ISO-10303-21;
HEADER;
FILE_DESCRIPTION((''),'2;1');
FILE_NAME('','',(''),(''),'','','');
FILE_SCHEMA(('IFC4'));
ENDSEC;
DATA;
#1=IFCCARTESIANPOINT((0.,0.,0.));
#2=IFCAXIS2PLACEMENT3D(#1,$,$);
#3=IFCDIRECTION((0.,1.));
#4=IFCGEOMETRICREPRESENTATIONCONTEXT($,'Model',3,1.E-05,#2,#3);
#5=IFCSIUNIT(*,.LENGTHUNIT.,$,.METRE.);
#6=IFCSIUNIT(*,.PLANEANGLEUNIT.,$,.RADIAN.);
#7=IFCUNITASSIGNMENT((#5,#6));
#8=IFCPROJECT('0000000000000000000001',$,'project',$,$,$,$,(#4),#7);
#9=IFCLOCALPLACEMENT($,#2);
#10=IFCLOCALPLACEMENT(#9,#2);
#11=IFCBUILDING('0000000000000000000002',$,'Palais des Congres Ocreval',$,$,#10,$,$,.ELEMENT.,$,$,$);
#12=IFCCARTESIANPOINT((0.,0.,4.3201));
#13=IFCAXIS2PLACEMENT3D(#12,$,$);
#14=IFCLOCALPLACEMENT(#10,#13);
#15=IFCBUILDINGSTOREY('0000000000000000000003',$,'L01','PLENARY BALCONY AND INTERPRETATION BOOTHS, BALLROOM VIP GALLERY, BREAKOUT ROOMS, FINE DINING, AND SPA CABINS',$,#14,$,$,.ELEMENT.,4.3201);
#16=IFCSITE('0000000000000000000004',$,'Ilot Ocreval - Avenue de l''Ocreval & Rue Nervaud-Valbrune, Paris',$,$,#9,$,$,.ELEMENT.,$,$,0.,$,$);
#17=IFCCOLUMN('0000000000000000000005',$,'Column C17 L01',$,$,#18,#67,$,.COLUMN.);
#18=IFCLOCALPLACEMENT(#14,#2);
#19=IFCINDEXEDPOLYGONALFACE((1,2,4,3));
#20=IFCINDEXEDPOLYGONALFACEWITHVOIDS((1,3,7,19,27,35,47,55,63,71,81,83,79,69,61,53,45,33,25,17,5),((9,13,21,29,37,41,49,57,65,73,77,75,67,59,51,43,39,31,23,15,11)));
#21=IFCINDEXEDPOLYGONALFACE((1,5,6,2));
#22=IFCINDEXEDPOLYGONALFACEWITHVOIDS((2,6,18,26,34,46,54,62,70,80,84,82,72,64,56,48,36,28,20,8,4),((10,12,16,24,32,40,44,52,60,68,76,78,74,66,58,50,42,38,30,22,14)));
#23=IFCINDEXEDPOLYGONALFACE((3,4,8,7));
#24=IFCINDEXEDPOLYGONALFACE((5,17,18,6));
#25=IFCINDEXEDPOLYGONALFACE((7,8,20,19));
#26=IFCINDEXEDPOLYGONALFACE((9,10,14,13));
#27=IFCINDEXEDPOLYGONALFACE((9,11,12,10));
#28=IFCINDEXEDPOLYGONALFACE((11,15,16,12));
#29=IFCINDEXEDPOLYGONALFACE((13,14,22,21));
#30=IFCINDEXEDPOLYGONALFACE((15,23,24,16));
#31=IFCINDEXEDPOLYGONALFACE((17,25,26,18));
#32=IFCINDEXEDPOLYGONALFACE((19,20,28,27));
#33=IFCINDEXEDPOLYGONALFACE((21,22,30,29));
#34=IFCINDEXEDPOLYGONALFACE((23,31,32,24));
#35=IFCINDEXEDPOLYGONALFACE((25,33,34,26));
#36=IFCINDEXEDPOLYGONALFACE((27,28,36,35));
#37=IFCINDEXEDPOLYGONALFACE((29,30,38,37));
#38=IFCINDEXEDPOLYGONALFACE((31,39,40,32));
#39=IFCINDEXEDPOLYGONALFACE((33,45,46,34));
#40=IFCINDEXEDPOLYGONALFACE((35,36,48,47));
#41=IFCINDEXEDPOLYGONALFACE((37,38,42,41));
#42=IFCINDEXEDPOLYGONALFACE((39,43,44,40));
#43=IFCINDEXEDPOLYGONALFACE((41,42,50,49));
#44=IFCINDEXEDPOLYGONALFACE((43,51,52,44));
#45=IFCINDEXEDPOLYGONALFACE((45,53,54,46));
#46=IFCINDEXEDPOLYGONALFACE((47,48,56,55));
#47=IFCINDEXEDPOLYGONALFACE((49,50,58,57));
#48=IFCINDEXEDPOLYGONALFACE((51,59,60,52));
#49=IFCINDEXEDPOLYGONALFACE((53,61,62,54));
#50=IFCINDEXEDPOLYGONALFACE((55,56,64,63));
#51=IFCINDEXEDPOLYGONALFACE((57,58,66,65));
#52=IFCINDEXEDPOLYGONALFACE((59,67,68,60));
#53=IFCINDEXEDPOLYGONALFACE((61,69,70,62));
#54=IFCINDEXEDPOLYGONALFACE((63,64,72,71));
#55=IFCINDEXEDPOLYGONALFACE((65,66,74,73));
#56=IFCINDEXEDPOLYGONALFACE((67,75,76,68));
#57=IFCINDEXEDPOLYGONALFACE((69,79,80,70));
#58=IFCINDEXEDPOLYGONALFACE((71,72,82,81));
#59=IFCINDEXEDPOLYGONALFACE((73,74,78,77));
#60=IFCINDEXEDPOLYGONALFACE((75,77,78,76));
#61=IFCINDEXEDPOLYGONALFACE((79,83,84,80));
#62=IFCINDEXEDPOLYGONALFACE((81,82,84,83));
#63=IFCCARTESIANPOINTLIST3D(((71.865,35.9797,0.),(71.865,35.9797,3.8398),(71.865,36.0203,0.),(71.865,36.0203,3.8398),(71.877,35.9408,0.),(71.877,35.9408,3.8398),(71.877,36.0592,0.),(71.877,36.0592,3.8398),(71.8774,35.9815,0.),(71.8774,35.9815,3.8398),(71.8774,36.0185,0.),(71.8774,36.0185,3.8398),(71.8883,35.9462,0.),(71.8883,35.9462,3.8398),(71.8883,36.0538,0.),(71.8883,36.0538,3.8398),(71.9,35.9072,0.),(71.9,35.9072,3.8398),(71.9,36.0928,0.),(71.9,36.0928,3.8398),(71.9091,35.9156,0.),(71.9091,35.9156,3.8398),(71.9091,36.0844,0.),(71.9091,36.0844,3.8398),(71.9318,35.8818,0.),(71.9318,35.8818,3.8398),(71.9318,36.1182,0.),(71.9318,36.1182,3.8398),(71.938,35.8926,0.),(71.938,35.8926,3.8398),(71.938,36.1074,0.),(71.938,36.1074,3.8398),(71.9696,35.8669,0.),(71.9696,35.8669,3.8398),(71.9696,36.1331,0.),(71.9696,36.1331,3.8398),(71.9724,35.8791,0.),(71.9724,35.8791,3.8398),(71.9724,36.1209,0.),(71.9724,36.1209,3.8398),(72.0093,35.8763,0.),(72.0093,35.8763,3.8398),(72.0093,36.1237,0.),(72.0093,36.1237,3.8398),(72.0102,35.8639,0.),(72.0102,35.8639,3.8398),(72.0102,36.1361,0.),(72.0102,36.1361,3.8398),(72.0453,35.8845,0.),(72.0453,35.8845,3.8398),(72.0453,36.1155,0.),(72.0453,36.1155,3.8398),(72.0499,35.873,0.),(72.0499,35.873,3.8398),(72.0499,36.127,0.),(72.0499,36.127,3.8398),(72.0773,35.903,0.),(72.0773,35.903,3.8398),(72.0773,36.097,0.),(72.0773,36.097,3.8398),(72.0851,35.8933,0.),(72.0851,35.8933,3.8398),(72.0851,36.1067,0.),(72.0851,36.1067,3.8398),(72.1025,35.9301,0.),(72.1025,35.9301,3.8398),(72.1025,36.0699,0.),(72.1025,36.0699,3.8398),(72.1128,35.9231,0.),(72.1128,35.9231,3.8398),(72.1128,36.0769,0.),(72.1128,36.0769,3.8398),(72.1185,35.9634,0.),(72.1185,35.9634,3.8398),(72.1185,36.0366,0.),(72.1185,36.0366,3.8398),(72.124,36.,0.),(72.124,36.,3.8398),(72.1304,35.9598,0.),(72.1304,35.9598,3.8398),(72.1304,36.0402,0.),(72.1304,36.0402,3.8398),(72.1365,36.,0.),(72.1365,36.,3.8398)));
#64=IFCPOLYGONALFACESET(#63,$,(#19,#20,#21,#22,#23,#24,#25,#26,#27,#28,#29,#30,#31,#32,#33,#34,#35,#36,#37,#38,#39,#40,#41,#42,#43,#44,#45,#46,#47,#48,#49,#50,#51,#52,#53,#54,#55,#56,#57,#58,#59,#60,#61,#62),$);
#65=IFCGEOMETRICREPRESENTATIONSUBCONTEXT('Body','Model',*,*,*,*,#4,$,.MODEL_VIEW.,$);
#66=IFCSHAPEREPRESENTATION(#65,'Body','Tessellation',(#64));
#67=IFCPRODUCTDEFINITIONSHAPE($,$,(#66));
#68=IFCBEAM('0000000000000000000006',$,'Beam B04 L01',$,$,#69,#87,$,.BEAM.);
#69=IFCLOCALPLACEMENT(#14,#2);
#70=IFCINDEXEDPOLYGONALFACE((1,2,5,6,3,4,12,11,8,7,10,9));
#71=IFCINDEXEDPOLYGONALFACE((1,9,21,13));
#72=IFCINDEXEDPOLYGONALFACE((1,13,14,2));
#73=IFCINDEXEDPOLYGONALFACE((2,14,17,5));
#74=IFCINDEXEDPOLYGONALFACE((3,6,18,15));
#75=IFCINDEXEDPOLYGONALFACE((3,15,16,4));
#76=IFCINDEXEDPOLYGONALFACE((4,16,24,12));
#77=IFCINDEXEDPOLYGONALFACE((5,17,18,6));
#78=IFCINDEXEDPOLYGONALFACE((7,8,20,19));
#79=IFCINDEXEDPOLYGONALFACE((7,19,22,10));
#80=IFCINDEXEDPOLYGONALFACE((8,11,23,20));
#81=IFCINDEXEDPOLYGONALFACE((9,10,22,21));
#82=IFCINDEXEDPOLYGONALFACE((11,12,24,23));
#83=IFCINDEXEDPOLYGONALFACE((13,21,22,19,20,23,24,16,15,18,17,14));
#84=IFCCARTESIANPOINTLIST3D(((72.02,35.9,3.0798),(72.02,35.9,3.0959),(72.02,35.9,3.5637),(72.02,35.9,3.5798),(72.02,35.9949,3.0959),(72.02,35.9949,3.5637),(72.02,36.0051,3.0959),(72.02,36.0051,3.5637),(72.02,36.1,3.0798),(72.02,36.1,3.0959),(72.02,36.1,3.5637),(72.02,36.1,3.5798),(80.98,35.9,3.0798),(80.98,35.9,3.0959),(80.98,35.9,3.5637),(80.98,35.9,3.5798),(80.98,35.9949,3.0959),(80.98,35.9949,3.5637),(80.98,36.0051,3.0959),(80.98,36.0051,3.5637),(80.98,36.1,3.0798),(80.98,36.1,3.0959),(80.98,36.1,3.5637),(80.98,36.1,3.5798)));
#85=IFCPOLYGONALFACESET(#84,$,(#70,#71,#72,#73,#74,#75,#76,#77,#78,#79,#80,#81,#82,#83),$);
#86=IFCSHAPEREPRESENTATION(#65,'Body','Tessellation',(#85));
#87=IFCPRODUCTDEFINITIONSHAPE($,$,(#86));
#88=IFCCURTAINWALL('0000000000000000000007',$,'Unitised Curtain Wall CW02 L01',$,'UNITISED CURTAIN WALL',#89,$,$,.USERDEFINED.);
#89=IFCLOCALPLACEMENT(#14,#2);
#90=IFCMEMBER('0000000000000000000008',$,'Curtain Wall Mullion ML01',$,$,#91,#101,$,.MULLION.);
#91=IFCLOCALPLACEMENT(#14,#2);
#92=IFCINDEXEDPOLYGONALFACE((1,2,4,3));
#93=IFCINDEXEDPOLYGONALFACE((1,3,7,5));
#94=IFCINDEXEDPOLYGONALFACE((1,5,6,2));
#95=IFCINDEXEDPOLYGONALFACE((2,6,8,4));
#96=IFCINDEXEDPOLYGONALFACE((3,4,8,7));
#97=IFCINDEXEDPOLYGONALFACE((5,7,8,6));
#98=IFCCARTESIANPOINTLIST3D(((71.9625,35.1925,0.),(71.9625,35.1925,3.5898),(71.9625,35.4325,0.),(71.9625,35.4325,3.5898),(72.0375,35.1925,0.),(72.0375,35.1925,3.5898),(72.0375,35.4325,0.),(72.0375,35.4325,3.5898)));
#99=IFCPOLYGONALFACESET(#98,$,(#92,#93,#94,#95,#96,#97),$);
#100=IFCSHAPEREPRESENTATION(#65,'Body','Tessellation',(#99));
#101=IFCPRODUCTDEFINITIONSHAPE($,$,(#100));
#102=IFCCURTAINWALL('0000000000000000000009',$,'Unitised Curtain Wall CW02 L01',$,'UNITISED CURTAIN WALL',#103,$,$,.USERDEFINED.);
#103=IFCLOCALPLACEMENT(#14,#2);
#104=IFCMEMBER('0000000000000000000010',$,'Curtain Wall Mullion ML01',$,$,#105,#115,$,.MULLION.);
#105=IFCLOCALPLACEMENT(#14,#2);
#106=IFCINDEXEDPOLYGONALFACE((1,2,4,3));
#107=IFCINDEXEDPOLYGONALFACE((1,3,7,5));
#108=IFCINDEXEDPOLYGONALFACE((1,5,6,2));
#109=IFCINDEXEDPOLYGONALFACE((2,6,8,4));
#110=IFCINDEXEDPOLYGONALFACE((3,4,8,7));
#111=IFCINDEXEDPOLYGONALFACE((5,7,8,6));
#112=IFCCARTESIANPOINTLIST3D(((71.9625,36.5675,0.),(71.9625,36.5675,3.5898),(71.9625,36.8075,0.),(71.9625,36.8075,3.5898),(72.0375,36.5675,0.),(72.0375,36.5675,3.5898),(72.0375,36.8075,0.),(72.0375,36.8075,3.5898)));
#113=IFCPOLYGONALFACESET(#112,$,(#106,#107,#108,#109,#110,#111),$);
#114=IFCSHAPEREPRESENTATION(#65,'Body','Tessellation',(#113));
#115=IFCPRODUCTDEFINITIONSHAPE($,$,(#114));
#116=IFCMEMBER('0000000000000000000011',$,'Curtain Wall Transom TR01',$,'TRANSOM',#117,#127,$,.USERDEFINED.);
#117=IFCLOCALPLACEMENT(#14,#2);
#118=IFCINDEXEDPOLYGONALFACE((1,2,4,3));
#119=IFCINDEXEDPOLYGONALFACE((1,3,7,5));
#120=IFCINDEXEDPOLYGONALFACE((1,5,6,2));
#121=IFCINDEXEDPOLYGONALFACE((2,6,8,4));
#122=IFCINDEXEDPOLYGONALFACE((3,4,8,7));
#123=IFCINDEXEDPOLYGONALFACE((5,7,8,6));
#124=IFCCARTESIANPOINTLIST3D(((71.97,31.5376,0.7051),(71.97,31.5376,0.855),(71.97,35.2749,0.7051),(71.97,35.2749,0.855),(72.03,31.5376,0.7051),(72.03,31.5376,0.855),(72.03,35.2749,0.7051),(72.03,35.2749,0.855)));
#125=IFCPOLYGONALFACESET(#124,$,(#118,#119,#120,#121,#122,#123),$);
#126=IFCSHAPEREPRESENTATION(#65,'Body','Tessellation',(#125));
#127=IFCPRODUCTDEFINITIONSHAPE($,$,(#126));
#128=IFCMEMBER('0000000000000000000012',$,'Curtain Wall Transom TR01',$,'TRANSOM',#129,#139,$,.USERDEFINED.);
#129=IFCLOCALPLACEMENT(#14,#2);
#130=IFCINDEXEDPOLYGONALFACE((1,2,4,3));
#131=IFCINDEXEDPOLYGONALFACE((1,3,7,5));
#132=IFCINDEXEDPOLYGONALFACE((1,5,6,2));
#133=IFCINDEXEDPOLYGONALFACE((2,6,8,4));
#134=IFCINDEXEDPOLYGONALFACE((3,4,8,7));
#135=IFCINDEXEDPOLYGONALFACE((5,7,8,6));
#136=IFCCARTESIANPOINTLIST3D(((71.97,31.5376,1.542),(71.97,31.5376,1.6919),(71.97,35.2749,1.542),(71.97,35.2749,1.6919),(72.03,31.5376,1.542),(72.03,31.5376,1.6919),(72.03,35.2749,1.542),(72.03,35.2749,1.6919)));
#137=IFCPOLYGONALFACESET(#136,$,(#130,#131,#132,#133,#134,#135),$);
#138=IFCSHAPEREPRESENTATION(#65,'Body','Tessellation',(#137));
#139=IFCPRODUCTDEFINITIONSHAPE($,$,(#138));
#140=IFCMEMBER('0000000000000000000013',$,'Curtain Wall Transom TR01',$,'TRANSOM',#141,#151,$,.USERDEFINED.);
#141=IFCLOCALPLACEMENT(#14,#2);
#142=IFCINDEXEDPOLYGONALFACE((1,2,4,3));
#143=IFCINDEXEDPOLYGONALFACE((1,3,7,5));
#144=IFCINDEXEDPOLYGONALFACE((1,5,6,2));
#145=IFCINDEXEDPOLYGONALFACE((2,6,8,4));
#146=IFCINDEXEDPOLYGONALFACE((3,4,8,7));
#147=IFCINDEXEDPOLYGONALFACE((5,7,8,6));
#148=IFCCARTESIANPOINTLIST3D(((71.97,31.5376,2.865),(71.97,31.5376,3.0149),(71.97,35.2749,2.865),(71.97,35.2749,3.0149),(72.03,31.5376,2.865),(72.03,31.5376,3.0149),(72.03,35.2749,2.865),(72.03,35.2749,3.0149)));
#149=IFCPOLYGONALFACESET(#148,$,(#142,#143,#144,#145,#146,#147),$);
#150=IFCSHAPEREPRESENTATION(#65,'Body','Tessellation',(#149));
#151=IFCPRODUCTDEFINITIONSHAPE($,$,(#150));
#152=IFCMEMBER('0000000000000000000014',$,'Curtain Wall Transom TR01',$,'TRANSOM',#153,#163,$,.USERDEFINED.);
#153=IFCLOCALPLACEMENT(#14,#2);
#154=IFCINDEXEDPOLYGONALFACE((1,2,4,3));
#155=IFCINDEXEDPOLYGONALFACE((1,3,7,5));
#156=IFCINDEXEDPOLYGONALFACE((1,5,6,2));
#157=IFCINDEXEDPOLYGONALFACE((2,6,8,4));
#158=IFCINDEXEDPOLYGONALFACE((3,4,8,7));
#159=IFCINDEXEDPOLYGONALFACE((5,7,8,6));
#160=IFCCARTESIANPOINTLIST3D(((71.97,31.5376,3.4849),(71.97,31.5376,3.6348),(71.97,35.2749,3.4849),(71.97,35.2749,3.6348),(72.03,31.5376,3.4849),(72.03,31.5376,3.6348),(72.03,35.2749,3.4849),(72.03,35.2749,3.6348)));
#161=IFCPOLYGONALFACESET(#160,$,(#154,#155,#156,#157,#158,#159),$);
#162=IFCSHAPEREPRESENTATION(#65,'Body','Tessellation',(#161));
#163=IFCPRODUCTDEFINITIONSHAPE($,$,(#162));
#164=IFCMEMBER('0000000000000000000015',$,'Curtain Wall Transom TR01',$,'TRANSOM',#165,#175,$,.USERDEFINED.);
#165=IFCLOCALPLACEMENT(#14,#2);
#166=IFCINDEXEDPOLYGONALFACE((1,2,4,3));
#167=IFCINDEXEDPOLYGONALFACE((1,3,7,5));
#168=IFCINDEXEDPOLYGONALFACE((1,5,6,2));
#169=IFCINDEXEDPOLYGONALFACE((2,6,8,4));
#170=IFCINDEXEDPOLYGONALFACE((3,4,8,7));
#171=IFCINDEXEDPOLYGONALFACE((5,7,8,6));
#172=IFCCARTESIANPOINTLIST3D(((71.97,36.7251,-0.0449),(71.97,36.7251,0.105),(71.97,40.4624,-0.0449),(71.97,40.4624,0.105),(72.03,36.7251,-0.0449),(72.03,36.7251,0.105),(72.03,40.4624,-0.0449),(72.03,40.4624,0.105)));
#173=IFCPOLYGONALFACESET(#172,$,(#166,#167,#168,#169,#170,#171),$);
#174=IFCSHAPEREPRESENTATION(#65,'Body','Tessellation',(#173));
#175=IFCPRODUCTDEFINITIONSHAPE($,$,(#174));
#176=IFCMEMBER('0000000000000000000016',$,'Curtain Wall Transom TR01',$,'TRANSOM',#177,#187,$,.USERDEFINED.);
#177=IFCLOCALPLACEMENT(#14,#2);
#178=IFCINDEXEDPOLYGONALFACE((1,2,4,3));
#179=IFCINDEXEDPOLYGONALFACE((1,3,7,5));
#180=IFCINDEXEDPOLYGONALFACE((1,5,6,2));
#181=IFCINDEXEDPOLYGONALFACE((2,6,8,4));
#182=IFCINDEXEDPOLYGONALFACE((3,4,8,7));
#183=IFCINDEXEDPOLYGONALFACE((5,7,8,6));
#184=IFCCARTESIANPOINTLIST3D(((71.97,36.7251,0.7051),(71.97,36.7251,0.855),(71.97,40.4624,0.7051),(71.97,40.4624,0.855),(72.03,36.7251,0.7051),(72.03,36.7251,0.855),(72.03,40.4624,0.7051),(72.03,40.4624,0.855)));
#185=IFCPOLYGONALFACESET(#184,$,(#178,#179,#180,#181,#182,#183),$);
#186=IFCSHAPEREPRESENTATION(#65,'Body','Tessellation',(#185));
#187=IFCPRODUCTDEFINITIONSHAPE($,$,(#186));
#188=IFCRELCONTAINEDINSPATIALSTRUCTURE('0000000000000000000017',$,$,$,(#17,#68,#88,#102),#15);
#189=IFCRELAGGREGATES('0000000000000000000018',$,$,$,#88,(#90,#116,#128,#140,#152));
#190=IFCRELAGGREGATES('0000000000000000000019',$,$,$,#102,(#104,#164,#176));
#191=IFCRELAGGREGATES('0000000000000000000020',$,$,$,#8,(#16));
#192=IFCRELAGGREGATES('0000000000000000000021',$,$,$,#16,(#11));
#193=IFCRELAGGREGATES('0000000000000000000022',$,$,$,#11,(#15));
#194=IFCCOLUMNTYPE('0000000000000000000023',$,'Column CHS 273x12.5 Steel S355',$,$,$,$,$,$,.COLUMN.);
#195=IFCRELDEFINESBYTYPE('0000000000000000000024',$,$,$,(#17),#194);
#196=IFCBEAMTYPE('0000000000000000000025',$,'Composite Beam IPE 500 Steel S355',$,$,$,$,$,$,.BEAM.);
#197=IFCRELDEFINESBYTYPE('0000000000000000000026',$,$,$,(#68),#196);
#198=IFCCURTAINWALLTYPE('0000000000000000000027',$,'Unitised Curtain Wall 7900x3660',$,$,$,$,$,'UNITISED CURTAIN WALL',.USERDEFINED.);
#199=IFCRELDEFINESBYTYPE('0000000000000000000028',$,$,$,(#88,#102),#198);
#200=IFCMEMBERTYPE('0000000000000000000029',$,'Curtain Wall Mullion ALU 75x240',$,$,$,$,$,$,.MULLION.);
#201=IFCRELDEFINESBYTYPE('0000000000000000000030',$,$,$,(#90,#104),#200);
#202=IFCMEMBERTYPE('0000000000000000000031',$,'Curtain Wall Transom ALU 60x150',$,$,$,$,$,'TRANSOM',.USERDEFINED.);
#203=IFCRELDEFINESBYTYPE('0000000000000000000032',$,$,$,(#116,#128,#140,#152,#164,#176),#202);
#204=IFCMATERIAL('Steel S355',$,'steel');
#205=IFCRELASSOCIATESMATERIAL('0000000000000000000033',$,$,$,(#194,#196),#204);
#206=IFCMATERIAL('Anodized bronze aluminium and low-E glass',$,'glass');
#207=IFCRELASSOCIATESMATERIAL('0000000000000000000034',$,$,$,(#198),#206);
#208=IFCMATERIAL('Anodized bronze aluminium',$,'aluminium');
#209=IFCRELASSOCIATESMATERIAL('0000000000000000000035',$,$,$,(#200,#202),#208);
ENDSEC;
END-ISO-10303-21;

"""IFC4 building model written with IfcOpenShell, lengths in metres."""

from ifc_helpers import new_model, si_unit, direction, frame, origin, origin_2d, place, context, subcontext, project, spatial, rectangle, hollow_circle, i_section, extrude, material, material_profile, profile_set, type_object, element, aggregate, save


model = new_model("IFC4")

# Units and contexts
model_context = context("Model", 3, precision=1e-05, world=origin(), true_north=direction((0.0, 1.0)))
body_context = subcontext(model_context, "Body", "Model", "MODEL_VIEW")
ifc_project = project(units=[si_unit("LENGTHUNIT", "METRE"), si_unit("PLANEANGLEUNIT", "RADIAN")], contexts=[model_context])

# Site, building, storey
site_placement = place(None, origin())
site = spatial("IfcSite", under=ifc_project, at=site_placement, Name="Ilot Ocreval - Avenue de l'Ocreval & Rue Nervaud-Valbrune, Paris", CompositionType="ELEMENT", RefElevation=0.0)
building_placement = place(site_placement, origin())
building = spatial("IfcBuilding", under=site, at=building_placement, Name="Palais des Congres Ocreval", CompositionType="ELEMENT")
storey_placement = place(building_placement, frame((0.0, 0.0, 4.3201)))
storey = spatial("IfcBuildingStorey", under=building, at=storey_placement, Name="L01", Description="PLENARY BALCONY AND INTERPRETATION BOOTHS, BALLROOM VIP GALLERY, BREAKOUT ROOMS, FINE DINING, AND SPA CABINS", CompositionType="ELEMENT", Elevation=4.3201)

# Column
ifc_material_1 = material(Name="Steel S355", Category="steel")
ifc_material_profile_1 = material_profile(ifc_material_1, hollow_circle(Radius=0.1365, WallThickness=0.0125, at=origin_2d()), Name="CHS 273x12.5")
ifc_profile_set_1 = profile_set([ifc_material_profile_1], Name="Steel S355")
column_type = type_object("IfcColumnType", Name="Column CHS 273x12.5 Steel S355", PredefinedType="COLUMN", material=ifc_profile_set_1)
column_placement = place(storey_placement, frame((72.0, 36.0, 0.0), z_axis=(0.0, 0.0, 1.0), x_axis=(1.0, 0.0, 0.0)))
element("IfcColumn", 1, at=column_placement, inside=storey, type_object=column_type, Name="Column C17 L01", PredefinedType="COLUMN", context=body_context, shape_type="SweptSolid", body=[
    extrude(hollow_circle(Radius=0.1365, WallThickness=0.0125, at=origin_2d()), origin(), (0.0, 0.0, 1.0), 3.8398),
])

# Beam
ifc_material_profile_2 = material_profile(ifc_material_1, i_section(OverallWidth=0.2, OverallDepth=0.5, WebThickness=0.0103, FlangeThickness=0.0161, at=origin_2d()), Name="IPE 500")
ifc_profile_set_2 = profile_set([ifc_material_profile_2], Name="Steel S355")
beam_type_1 = type_object("IfcBeamType", Name="Composite Beam IPE 500 Steel S355", PredefinedType="BEAM", material=ifc_profile_set_2)
beam_1_placement = place(storey_placement, frame((72.02, 36.0, 3.3298), z_axis=(1.0, 0.0, 0.0), x_axis=(0.0, 1.0, 0.0)))
element("IfcBeam", 2, at=beam_1_placement, inside=storey, type_object=beam_type_1, Name="Beam B04 L01", PredefinedType="BEAM", context=body_context, shape_type="SweptSolid", body=[
    extrude(i_section(OverallWidth=0.2, OverallDepth=0.5, WebThickness=0.0103, FlangeThickness=0.0161, at=origin_2d()), origin(), (0.0, 0.0, 1.0), 8.96),
])

# Curtain walls, members
ifc_material_2 = material(Name="Anodized bronze aluminium and low-E glass", Category="glass")
curtain_wall_type = type_object("IfcCurtainWallType", Name="Unitised Curtain Wall 7900x3660", ElementType="UNITISED CURTAIN WALL", PredefinedType="USERDEFINED", material=ifc_material_2)
curtain_wall_1_placement = place(storey_placement, origin())
curtain_wall_1 = element("IfcCurtainWall", 3, at=curtain_wall_1_placement, inside=storey, type_object=curtain_wall_type, Name="Unitised Curtain Wall CW02 L01", ObjectType="UNITISED CURTAIN WALL", PredefinedType="USERDEFINED")
ifc_material_3 = material(Name="Anodized bronze aluminium", Category="aluminium")
ifc_material_profile_3 = material_profile(ifc_material_3, rectangle(XDim=0.075, YDim=0.24, at=origin_2d()), Name="ALU 75x240")
ifc_profile_set_3 = profile_set([ifc_material_profile_3], Name="Anodized bronze aluminium")
member_type_1 = type_object("IfcMemberType", Name="Curtain Wall Mullion ALU 75x240", PredefinedType="MULLION", material=ifc_profile_set_3)
member_1_placement = place(storey_placement, frame((72.0, 35.3125, 0.0), z_axis=(0.0, 0.0, 1.0), x_axis=(-1.0, 0.0, 0.0)))
member_1 = element("IfcMember", 4, at=member_1_placement, type_object=member_type_1, Name="Curtain Wall Mullion ML01", PredefinedType="MULLION", context=body_context, shape_type="SweptSolid", body=[
    extrude(rectangle(XDim=0.075, YDim=0.24, at=origin_2d()), origin(), (0.0, 0.0, 1.0), 3.5898),
])
curtain_wall_2_placement = place(storey_placement, origin())
curtain_wall_2 = element("IfcCurtainWall", 5, at=curtain_wall_2_placement, inside=storey, type_object=curtain_wall_type, Name="Unitised Curtain Wall CW02 L01", ObjectType="UNITISED CURTAIN WALL", PredefinedType="USERDEFINED")
member_2_placement = place(storey_placement, frame((72.0, 36.6875, 0.0), z_axis=(0.0, 0.0, 1.0), x_axis=(-1.0, 0.0, 0.0)))
member_2 = element("IfcMember", 6, at=member_2_placement, type_object=member_type_1, Name="Curtain Wall Mullion ML01", PredefinedType="MULLION", context=body_context, shape_type="SweptSolid", body=[
    extrude(rectangle(XDim=0.075, YDim=0.24, at=origin_2d()), origin(), (0.0, 0.0, 1.0), 3.5898),
])

# Members
ifc_material_profile_4 = material_profile(ifc_material_3, rectangle(XDim=0.0601, YDim=0.1499, at=origin_2d()), Name="ALU 60x150")
ifc_profile_set_4 = profile_set([ifc_material_profile_4], Name="Anodized bronze aluminium")
member_type_2 = type_object("IfcMemberType", Name="Curtain Wall Transom ALU 60x150", ElementType="TRANSOM", PredefinedType="USERDEFINED", material=ifc_profile_set_4)
member_3_placement = place(storey_placement, frame((72.0, 31.5376, 0.78), z_axis=(0.0, 1.0, 0.0), x_axis=(-1.0, 0.0, 0.0)))
member_3 = element("IfcMember", 7, at=member_3_placement, type_object=member_type_2, Name="Curtain Wall Transom TR01", ObjectType="TRANSOM", PredefinedType="USERDEFINED", context=body_context, shape_type="SweptSolid", body=[
    extrude(rectangle(XDim=0.0601, YDim=0.1499, at=origin_2d()), origin(), (0.0, 0.0, 1.0), 3.7373),
])
member_4_placement = place(storey_placement, frame((72.0, 31.5376, 1.6169), z_axis=(0.0, 1.0, 0.0), x_axis=(-1.0, 0.0, 0.0)))
member_4 = element("IfcMember", 8, at=member_4_placement, type_object=member_type_2, Name="Curtain Wall Transom TR01", ObjectType="TRANSOM", PredefinedType="USERDEFINED", context=body_context, shape_type="SweptSolid", body=[
    extrude(rectangle(XDim=0.0601, YDim=0.1499, at=origin_2d()), origin(), (0.0, 0.0, 1.0), 3.7373),
])
member_5_placement = place(storey_placement, frame((72.0, 31.5376, 2.9399), z_axis=(0.0, 1.0, 0.0), x_axis=(-1.0, 0.0, 0.0)))
member_5 = element("IfcMember", 9, at=member_5_placement, type_object=member_type_2, Name="Curtain Wall Transom TR01", ObjectType="TRANSOM", PredefinedType="USERDEFINED", context=body_context, shape_type="SweptSolid", body=[
    extrude(rectangle(XDim=0.0601, YDim=0.1499, at=origin_2d()), origin(), (0.0, 0.0, 1.0), 3.7373),
])
member_6_placement = place(storey_placement, frame((72.0, 31.5376, 3.5598), z_axis=(0.0, 1.0, 0.0), x_axis=(-1.0, 0.0, 0.0)))
member_6 = element("IfcMember", 10, at=member_6_placement, type_object=member_type_2, Name="Curtain Wall Transom TR01", ObjectType="TRANSOM", PredefinedType="USERDEFINED", context=body_context, shape_type="SweptSolid", body=[
    extrude(rectangle(XDim=0.0601, YDim=0.1499, at=origin_2d()), origin(), (0.0, 0.0, 1.0), 3.7373),
])
member_7_placement = place(storey_placement, frame((72.0, 36.7251, 0.03), z_axis=(0.0, 1.0, 0.0), x_axis=(-1.0, 0.0, 0.0)))
member_7 = element("IfcMember", 11, at=member_7_placement, type_object=member_type_2, Name="Curtain Wall Transom TR01", ObjectType="TRANSOM", PredefinedType="USERDEFINED", context=body_context, shape_type="SweptSolid", body=[
    extrude(rectangle(XDim=0.0601, YDim=0.1499, at=origin_2d()), origin(), (0.0, 0.0, 1.0), 3.7373),
])
member_8_placement = place(storey_placement, frame((72.0, 36.7251, 0.78), z_axis=(0.0, 1.0, 0.0), x_axis=(-1.0, 0.0, 0.0)))
member_8 = element("IfcMember", 12, at=member_8_placement, type_object=member_type_2, Name="Curtain Wall Transom TR01", ObjectType="TRANSOM", PredefinedType="USERDEFINED", context=body_context, shape_type="SweptSolid", body=[
    extrude(rectangle(XDim=0.0601, YDim=0.1499, at=origin_2d()), origin(), (0.0, 0.0, 1.0), 3.7373),
])

aggregate(curtain_wall_1, [member_1, member_3, member_4, member_5, member_6])
aggregate(curtain_wall_2, [member_2, member_7, member_8])

save(model, "model.ifc")
